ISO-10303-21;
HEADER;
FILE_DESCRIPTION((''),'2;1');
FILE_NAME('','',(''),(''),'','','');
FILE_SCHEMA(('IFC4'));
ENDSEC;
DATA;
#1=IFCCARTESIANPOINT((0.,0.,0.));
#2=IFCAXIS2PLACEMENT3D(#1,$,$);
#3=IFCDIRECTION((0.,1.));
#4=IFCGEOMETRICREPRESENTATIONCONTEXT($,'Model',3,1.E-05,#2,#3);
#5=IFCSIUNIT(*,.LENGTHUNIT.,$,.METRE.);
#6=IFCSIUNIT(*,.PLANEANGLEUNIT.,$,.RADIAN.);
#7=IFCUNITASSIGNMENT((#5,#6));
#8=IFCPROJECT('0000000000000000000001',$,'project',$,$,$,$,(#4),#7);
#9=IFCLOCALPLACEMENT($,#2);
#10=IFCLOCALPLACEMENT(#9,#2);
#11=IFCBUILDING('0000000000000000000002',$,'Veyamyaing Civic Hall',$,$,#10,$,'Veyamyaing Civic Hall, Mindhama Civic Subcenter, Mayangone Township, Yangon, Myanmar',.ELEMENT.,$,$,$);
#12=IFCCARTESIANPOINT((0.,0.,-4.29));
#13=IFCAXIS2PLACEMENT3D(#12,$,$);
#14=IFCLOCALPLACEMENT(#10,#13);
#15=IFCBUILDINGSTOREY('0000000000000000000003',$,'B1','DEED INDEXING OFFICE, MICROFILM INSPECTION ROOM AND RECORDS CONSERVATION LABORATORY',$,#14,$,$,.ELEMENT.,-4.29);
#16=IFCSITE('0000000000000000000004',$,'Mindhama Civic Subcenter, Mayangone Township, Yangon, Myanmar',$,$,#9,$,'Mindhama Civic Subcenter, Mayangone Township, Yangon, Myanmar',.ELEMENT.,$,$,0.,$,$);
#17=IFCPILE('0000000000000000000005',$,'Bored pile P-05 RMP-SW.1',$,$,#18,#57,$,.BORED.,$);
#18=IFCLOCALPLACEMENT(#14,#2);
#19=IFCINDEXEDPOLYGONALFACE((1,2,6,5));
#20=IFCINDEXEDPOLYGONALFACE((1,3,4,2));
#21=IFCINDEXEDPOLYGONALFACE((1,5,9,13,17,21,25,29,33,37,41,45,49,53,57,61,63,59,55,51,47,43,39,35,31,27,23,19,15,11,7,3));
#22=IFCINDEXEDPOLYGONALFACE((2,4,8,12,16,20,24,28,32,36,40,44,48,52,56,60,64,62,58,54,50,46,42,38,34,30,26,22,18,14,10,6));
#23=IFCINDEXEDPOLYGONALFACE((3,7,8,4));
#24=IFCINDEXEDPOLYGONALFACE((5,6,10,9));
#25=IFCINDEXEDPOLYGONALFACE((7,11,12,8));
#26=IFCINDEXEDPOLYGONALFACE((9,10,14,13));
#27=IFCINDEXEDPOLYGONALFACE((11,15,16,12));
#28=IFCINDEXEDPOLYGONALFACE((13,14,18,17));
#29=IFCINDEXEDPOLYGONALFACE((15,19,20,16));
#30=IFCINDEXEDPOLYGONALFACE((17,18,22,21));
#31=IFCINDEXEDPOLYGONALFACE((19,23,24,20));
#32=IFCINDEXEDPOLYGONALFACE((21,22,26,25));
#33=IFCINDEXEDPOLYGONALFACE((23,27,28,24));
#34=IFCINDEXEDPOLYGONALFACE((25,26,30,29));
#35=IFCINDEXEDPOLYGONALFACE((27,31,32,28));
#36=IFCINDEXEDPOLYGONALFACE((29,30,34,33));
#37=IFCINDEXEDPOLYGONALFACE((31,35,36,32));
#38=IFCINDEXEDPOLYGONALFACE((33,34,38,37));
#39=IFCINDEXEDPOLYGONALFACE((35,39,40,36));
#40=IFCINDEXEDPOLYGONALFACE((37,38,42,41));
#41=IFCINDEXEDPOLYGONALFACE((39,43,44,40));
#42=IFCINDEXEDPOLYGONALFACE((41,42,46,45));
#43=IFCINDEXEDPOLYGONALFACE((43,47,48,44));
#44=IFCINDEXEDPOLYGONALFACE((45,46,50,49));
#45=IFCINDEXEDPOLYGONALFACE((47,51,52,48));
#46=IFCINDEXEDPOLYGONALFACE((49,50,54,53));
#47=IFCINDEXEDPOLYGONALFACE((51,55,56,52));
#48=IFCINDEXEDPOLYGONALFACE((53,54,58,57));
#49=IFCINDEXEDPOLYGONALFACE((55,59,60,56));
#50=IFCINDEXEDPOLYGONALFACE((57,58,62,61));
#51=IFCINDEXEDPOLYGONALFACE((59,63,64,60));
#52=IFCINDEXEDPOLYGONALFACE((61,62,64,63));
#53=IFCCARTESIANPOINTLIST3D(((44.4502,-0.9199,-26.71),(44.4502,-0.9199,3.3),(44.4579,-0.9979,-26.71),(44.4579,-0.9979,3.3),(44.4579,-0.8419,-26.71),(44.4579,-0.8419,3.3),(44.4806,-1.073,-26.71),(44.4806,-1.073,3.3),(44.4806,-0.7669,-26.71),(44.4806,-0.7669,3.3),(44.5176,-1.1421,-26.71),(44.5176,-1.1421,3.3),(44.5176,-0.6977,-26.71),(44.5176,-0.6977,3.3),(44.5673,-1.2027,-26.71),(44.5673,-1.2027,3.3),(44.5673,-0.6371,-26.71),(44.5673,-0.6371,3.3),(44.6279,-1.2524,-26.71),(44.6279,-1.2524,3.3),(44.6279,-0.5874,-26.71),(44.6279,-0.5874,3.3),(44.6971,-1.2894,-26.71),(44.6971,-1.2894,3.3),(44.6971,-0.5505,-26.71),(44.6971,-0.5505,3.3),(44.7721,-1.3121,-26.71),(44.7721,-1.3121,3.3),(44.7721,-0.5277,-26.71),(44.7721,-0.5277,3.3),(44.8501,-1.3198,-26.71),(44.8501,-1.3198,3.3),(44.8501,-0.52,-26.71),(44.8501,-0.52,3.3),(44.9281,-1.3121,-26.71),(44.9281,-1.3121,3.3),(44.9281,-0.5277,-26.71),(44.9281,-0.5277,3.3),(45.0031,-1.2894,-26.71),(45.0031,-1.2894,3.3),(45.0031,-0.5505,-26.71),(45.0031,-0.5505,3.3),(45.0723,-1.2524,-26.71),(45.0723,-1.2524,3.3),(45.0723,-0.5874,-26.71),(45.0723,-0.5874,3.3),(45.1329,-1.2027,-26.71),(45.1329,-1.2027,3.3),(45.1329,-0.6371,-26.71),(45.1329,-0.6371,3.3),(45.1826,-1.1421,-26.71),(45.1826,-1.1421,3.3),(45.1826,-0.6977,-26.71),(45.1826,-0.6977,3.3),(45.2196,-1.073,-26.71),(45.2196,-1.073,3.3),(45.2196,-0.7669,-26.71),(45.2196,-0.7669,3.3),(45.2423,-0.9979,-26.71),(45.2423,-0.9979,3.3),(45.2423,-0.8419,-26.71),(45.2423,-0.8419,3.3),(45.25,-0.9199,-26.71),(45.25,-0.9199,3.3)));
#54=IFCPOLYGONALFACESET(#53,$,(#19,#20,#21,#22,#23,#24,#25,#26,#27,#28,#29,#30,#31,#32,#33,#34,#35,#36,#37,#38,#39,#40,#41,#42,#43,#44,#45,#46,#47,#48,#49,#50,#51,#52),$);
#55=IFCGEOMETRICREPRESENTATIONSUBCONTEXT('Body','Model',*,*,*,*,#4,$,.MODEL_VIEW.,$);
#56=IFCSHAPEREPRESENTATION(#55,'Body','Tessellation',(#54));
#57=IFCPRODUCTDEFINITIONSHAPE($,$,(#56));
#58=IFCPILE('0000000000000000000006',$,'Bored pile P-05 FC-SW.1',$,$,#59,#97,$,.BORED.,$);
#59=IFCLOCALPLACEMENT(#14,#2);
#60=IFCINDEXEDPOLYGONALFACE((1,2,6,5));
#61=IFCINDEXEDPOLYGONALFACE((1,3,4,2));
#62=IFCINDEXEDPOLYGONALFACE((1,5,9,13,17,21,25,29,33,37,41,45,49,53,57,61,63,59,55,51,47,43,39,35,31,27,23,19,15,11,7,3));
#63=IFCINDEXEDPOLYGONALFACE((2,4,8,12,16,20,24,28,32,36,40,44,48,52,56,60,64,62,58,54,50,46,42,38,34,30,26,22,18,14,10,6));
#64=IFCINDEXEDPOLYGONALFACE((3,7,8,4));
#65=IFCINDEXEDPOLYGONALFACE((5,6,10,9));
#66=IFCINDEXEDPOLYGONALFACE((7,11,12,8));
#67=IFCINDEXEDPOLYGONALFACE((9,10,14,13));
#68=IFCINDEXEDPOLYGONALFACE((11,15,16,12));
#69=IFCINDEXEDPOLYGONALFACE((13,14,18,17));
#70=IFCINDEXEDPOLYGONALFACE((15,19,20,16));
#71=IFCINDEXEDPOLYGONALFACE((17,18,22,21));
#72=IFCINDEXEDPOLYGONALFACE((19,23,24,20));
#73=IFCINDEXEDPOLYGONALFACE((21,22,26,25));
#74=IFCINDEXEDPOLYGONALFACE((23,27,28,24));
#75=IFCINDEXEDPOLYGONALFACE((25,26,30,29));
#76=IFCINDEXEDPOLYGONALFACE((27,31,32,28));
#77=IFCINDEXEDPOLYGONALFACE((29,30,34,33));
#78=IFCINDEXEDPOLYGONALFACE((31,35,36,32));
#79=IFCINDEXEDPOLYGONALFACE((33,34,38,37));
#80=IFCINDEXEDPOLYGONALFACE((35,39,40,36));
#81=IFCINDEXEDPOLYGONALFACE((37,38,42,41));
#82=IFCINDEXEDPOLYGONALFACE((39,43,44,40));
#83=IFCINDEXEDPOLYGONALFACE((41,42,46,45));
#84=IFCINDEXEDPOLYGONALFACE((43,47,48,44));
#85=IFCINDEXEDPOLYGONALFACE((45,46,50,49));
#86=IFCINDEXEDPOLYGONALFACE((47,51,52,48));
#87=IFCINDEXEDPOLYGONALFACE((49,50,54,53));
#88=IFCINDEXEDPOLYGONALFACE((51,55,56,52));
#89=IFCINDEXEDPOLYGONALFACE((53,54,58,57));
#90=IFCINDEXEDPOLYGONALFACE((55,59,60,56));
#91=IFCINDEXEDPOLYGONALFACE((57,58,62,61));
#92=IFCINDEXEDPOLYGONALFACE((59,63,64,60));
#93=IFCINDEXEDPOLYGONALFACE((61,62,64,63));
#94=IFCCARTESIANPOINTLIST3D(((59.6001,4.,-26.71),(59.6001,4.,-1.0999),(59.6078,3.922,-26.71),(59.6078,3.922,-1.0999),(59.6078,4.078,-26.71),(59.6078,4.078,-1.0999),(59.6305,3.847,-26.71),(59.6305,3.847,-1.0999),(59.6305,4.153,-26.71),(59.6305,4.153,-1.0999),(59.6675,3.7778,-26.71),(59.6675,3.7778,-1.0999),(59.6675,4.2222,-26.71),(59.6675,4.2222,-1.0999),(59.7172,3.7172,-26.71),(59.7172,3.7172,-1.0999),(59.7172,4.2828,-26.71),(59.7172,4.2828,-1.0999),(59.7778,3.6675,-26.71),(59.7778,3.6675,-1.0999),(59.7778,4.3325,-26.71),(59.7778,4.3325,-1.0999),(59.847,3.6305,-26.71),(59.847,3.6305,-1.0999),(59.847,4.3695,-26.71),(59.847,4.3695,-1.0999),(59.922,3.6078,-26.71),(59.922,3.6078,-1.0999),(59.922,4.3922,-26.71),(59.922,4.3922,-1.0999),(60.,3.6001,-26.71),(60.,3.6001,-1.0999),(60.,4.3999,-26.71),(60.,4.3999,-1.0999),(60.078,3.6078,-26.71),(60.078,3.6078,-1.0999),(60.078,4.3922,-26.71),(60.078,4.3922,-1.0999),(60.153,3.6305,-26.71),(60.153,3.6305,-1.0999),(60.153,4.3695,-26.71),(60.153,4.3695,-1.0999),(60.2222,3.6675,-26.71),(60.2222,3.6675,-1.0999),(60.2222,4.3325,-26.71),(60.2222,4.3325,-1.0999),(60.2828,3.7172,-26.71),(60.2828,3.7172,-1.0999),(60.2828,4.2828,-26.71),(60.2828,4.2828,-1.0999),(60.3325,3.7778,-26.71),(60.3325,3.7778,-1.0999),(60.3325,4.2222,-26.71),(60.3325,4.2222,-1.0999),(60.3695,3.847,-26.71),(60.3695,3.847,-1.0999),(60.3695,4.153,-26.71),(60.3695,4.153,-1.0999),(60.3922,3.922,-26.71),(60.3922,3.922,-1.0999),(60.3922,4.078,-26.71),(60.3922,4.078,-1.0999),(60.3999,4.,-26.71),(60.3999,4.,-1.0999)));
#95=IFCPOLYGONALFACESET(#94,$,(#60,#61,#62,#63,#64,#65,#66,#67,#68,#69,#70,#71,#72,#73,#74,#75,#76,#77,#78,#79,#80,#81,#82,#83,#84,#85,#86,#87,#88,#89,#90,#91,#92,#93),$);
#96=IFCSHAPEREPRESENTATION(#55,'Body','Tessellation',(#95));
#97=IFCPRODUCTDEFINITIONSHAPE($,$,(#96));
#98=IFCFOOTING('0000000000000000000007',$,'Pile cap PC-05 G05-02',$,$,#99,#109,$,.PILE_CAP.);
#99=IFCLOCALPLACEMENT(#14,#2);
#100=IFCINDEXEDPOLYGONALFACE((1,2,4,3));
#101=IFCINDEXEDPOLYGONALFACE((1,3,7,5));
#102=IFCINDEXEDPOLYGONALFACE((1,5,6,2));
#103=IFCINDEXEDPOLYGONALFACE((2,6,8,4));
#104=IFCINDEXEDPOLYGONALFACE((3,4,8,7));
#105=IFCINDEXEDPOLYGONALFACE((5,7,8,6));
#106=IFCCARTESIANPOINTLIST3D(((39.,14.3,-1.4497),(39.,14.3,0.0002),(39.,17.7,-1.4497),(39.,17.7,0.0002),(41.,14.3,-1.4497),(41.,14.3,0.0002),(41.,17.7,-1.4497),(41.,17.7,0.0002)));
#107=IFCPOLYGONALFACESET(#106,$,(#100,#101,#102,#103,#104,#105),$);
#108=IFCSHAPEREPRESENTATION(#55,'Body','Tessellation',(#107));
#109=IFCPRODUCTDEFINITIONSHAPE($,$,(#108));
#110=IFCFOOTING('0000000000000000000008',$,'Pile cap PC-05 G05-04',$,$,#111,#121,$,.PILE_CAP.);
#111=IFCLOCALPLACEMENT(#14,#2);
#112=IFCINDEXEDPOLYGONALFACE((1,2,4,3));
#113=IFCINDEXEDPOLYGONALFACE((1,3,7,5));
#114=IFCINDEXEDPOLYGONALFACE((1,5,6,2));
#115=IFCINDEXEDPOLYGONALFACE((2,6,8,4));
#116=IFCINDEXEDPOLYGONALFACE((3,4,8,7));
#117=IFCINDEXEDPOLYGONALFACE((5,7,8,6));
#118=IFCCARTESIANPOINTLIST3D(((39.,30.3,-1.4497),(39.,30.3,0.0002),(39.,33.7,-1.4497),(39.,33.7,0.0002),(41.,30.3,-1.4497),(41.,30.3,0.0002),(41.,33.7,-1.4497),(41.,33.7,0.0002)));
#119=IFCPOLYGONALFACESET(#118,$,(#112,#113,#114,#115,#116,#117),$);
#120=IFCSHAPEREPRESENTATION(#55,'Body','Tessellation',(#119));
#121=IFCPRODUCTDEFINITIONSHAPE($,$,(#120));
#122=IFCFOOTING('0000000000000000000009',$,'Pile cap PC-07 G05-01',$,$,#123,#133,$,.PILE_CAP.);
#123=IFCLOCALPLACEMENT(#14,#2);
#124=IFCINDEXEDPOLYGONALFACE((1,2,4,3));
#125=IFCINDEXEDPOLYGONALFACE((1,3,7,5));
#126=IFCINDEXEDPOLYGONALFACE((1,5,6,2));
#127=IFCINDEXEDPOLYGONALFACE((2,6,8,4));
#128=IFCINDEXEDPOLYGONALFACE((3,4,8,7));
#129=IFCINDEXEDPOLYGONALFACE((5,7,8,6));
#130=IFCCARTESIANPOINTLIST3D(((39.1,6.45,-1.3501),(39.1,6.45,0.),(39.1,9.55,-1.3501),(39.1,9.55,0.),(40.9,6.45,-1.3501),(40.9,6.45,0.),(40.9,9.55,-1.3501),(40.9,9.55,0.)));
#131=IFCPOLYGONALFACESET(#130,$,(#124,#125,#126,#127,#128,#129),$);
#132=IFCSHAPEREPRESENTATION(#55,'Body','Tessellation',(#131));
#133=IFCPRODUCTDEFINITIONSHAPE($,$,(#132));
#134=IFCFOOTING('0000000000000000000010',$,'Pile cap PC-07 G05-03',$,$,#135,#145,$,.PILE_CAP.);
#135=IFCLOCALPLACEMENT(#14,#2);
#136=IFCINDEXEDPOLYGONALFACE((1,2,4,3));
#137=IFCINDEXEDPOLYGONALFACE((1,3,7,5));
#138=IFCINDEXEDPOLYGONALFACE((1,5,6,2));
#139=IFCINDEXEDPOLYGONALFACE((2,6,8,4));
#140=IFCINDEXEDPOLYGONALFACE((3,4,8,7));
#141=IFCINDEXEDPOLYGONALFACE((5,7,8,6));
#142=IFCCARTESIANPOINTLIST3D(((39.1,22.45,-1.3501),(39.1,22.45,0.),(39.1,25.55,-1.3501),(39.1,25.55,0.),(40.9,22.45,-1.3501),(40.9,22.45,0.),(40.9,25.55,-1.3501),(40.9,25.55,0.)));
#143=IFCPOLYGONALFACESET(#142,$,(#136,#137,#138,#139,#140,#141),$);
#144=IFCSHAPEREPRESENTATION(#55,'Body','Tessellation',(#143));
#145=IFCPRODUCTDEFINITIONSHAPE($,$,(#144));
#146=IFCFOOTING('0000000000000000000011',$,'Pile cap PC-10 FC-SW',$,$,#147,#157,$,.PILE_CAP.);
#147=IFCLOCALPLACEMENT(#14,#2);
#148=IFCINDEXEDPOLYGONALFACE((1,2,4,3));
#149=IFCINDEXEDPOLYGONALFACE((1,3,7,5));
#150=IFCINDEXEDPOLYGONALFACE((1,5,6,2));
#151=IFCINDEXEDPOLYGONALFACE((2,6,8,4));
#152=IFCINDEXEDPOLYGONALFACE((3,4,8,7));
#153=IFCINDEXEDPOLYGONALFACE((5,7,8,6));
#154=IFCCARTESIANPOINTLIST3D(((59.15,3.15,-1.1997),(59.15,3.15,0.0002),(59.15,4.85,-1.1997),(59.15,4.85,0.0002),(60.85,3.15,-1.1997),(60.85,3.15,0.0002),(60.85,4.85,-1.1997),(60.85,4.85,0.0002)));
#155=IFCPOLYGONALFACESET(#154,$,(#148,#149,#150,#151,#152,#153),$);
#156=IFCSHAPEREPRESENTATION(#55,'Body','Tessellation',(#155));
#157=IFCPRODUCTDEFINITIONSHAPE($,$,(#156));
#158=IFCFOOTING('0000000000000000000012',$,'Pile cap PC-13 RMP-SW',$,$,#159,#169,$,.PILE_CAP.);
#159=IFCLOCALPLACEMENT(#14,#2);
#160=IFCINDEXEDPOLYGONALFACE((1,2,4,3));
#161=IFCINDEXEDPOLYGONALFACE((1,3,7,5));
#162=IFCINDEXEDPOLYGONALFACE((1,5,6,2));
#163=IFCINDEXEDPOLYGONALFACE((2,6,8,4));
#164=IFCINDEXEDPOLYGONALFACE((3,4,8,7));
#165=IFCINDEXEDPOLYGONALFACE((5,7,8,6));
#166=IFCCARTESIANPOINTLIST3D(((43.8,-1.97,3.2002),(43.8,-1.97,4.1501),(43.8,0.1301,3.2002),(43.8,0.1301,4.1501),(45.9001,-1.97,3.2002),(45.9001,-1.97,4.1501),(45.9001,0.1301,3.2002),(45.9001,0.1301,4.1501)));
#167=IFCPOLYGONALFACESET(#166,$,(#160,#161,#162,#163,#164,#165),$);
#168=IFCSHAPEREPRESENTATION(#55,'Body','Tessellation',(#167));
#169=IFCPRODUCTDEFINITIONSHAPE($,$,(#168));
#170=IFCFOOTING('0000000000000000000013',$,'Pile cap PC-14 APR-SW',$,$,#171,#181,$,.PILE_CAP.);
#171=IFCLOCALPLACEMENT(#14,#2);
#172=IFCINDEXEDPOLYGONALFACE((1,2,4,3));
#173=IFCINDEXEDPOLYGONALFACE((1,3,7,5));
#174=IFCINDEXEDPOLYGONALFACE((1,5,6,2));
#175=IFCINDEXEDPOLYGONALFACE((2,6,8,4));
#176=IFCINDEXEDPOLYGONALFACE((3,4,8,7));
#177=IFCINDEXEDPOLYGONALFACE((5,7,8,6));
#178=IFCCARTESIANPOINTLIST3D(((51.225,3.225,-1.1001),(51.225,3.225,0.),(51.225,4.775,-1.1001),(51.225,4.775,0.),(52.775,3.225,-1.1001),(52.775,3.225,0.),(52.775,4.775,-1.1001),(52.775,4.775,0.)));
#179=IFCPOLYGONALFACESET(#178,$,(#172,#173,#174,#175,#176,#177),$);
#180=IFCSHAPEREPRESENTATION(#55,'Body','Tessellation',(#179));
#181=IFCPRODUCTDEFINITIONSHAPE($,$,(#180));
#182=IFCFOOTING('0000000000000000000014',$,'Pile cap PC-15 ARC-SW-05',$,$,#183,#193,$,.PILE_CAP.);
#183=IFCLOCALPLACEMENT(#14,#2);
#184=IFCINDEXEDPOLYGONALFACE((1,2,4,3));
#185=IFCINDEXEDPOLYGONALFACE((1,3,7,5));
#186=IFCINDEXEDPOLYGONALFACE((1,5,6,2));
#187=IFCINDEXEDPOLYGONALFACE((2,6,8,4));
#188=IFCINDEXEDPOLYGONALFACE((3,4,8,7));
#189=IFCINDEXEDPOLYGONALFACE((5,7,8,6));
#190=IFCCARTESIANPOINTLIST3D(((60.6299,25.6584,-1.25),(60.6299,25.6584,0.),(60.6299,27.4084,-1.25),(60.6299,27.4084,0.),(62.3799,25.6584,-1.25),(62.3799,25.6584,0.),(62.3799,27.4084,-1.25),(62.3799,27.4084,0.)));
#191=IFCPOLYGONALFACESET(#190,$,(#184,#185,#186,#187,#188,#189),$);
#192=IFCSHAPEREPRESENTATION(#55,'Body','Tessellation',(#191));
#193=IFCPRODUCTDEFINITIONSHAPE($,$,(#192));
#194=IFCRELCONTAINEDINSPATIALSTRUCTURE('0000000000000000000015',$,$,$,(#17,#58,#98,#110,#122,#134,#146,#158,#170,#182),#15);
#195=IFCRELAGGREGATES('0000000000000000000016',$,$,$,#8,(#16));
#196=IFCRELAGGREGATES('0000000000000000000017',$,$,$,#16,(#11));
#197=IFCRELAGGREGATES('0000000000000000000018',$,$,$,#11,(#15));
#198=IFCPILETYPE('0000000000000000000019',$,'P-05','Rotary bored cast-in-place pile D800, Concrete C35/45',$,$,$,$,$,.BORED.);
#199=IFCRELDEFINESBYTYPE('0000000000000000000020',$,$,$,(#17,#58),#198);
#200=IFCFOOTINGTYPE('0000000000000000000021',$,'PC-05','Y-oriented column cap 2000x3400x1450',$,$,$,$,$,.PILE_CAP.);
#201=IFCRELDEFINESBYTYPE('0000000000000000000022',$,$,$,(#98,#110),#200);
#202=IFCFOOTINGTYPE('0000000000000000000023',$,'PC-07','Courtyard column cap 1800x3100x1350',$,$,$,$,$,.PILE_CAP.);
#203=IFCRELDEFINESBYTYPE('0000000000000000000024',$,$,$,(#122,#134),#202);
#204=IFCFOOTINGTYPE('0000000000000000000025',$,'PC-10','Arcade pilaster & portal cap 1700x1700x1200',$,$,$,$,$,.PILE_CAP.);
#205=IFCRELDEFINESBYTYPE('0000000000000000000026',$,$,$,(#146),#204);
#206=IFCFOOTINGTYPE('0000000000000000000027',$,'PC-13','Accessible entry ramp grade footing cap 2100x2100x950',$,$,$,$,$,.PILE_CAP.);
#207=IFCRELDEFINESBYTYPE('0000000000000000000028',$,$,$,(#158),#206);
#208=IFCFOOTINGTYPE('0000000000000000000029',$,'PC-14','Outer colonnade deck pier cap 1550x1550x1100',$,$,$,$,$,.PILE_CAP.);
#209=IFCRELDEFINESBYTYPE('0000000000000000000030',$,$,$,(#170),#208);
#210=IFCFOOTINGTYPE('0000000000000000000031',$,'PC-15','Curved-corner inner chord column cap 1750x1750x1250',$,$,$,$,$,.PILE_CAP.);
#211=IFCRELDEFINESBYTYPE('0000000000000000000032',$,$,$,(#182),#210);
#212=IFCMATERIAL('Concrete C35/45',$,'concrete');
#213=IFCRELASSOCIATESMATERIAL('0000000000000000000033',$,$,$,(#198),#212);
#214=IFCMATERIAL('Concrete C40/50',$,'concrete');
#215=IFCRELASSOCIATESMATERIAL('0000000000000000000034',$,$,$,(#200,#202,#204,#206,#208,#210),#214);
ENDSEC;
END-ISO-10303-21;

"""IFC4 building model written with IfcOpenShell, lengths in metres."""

from ifc_helpers import new_model, si_unit, direction, frame, origin, origin_2d, place, context, subcontext, project, spatial, rectangle, circle, extrude, material, material_profile, profile_set, type_object, element, save


model = new_model("IFC4")

# Units and contexts
model_context = context("Model", 3, precision=1e-05, world=origin(), true_north=direction((0.0, 1.0)))
body_context = subcontext(model_context, "Body", "Model", "MODEL_VIEW")
ifc_project = project(units=[si_unit("LENGTHUNIT", "METRE"), si_unit("PLANEANGLEUNIT", "RADIAN")], contexts=[model_context])

# Site, building, storey
site_placement = place(None, origin())
site = spatial("IfcSite", under=ifc_project, at=site_placement, Name="Mindhama Civic Subcenter, Mayangone Township, Yangon, Myanmar", LongName="Mindhama Civic Subcenter, Mayangone Township, Yangon, Myanmar", CompositionType="ELEMENT", RefElevation=0.0)
building_placement = place(site_placement, origin())
building = spatial("IfcBuilding", under=site, at=building_placement, Name="Veyamyaing Civic Hall", LongName="Veyamyaing Civic Hall, Mindhama Civic Subcenter, Mayangone Township, Yangon, Myanmar", CompositionType="ELEMENT")
storey_placement = place(building_placement, frame((0.0, 0.0, -4.29)))
storey = spatial("IfcBuildingStorey", under=building, at=storey_placement, Name="B1", Description="DEED INDEXING OFFICE, MICROFILM INSPECTION ROOM AND RECORDS CONSERVATION LABORATORY", CompositionType="ELEMENT", Elevation=-4.29)

# Shared definitions
ifc_material_1 = material(Name="Concrete C40/50", Category="concrete")

# Piles
ifc_material_2 = material(Name="Concrete C35/45", Category="concrete")
ifc_material_profile_1 = material_profile(ifc_material_2, circle(Radius=0.3999, at=origin_2d()), Name="PILE-D800")
ifc_profile_set_1 = profile_set([ifc_material_profile_1], Name="Concrete C35/45")
pile_type_1 = type_object("IfcPileType", Name="P-05", Description="Rotary bored cast-in-place pile D800, Concrete C35/45", PredefinedType="BORED", material=ifc_profile_set_1)
pile_1_placement = place(storey_placement, frame((44.8501, -0.9199, 3.3), z_axis=(0.0, 0.0, -1.0), x_axis=(1.0, 0.0, 0.0)))
element("IfcPile", 1, at=pile_1_placement, inside=storey, type_object=pile_type_1, Name="Bored pile P-05 RMP-SW.1", PredefinedType="BORED", context=body_context, shape_type="SweptSolid", body=[
    extrude(circle(Radius=0.3999, at=origin_2d()), origin(), (0.0, 0.0, 1.0), 30.01),
])
pile_2_placement = place(storey_placement, frame((60.0, 4.0, -1.0999), z_axis=(0.0, 0.0, -1.0), x_axis=(1.0, 0.0, 0.0)))
element("IfcPile", 2, at=pile_2_placement, inside=storey, type_object=pile_type_1, Name="Bored pile P-05 FC-SW.1", PredefinedType="BORED", context=body_context, shape_type="SweptSolid", body=[
    extrude(circle(Radius=0.3999, at=origin_2d()), origin(), (0.0, 0.0, 1.0), 25.6101),
])

# Footings
footing_type_1 = type_object("IfcFootingType", Name="PC-05", Description="Y-oriented column cap 2000x3400x1450", PredefinedType="PILE_CAP", material=ifc_material_1)
for number, where, z_axis, x_axis, name in (
    (3, (40.0, 16.0, -1.4497), (0.0, 0.0, 1.0), (1.0, 0.0, 0.0), "Pile cap PC-05 G05-02"),
    (4, (40.0, 32.0, -1.4497), (0.0, 0.0, 1.0), (1.0, 0.0, 0.0), "Pile cap PC-05 G05-04"),
):
    element("IfcFooting", number, at=place(storey_placement, frame(where, z_axis=z_axis, x_axis=x_axis)), inside=storey, type_object=footing_type_1, Name=name, PredefinedType="PILE_CAP", context=body_context, shape_type="SweptSolid", body=[
        extrude(rectangle(XDim=2.0, YDim=3.3999, at=origin_2d()), origin(), (0.0, 0.0, 1.0), 1.45),
    ])
footing_type_2 = type_object("IfcFootingType", Name="PC-07", Description="Courtyard column cap 1800x3100x1350", PredefinedType="PILE_CAP", material=ifc_material_1)
for number, where, z_axis, x_axis, name in (
    (5, (40.0, 8.0, -1.3501), (0.0, 0.0, 1.0), (1.0, 0.0, 0.0), "Pile cap PC-07 G05-01"),
    (6, (40.0, 24.0, -1.3501), (0.0, 0.0, 1.0), (1.0, 0.0, 0.0), "Pile cap PC-07 G05-03"),
):
    element("IfcFooting", number, at=place(storey_placement, frame(where, z_axis=z_axis, x_axis=x_axis)), inside=storey, type_object=footing_type_2, Name=name, PredefinedType="PILE_CAP", context=body_context, shape_type="SweptSolid", body=[
        extrude(rectangle(XDim=1.8, YDim=3.1001, at=origin_2d()), origin(), (0.0, 0.0, 1.0), 1.3501),
    ])
footing_type_3 = type_object("IfcFootingType", Name="PC-10", Description="Arcade pilaster & portal cap 1700x1700x1200", PredefinedType="PILE_CAP", material=ifc_material_1)
footing_1_placement = place(storey_placement, frame((60.0, 4.0, -1.1997), z_axis=(0.0, 0.0, 1.0), x_axis=(1.0, 0.0, 0.0)))
element("IfcFooting", 7, at=footing_1_placement, inside=storey, type_object=footing_type_3, Name="Pile cap PC-10 FC-SW", PredefinedType="PILE_CAP", context=body_context, shape_type="SweptSolid", body=[
    extrude(rectangle(XDim=1.7, YDim=1.7, at=origin_2d()), origin(), (0.0, 0.0, 1.0), 1.2),
])
footing_type_4 = type_object("IfcFootingType", Name="PC-13", Description="Accessible entry ramp grade footing cap 2100x2100x950", PredefinedType="PILE_CAP", material=ifc_material_1)
footing_2_placement = place(storey_placement, frame((44.8501, -0.9199, 3.2002), z_axis=(0.0, 0.0, 1.0), x_axis=(1.0, 0.0, 0.0)))
element("IfcFooting", 8, at=footing_2_placement, inside=storey, type_object=footing_type_4, Name="Pile cap PC-13 RMP-SW", PredefinedType="PILE_CAP", context=body_context, shape_type="SweptSolid", body=[
    extrude(rectangle(XDim=2.1001, YDim=2.1001, at=origin_2d()), origin(), (0.0, 0.0, 1.0), 0.95),
])
footing_type_5 = type_object("IfcFootingType", Name="PC-14", Description="Outer colonnade deck pier cap 1550x1550x1100", PredefinedType="PILE_CAP", material=ifc_material_1)
footing_3_placement = place(storey_placement, frame((52.0, 4.0, -1.1001), z_axis=(0.0, 0.0, 1.0), x_axis=(1.0, 0.0, 0.0)))
element("IfcFooting", 9, at=footing_3_placement, inside=storey, type_object=footing_type_5, Name="Pile cap PC-14 APR-SW", PredefinedType="PILE_CAP", context=body_context, shape_type="SweptSolid", body=[
    extrude(rectangle(XDim=1.55, YDim=1.55, at=origin_2d()), origin(), (0.0, 0.0, 1.0), 1.1001),
])
footing_type_6 = type_object("IfcFootingType", Name="PC-15", Description="Curved-corner inner chord column cap 1750x1750x1250", PredefinedType="PILE_CAP", material=ifc_material_1)
footing_4_placement = place(storey_placement, frame((61.5049, 26.5334, -1.25), z_axis=(0.0, 0.0, 1.0), x_axis=(1.0, 0.0, 0.0)))
element("IfcFooting", 10, at=footing_4_placement, inside=storey, type_object=footing_type_6, Name="Pile cap PC-15 ARC-SW-05", PredefinedType="PILE_CAP", context=body_context, shape_type="SweptSolid", body=[
    extrude(rectangle(XDim=1.75, YDim=1.75, at=origin_2d()), origin(), (0.0, 0.0, 1.0), 1.25),
])

save(model, "model.ifc")
